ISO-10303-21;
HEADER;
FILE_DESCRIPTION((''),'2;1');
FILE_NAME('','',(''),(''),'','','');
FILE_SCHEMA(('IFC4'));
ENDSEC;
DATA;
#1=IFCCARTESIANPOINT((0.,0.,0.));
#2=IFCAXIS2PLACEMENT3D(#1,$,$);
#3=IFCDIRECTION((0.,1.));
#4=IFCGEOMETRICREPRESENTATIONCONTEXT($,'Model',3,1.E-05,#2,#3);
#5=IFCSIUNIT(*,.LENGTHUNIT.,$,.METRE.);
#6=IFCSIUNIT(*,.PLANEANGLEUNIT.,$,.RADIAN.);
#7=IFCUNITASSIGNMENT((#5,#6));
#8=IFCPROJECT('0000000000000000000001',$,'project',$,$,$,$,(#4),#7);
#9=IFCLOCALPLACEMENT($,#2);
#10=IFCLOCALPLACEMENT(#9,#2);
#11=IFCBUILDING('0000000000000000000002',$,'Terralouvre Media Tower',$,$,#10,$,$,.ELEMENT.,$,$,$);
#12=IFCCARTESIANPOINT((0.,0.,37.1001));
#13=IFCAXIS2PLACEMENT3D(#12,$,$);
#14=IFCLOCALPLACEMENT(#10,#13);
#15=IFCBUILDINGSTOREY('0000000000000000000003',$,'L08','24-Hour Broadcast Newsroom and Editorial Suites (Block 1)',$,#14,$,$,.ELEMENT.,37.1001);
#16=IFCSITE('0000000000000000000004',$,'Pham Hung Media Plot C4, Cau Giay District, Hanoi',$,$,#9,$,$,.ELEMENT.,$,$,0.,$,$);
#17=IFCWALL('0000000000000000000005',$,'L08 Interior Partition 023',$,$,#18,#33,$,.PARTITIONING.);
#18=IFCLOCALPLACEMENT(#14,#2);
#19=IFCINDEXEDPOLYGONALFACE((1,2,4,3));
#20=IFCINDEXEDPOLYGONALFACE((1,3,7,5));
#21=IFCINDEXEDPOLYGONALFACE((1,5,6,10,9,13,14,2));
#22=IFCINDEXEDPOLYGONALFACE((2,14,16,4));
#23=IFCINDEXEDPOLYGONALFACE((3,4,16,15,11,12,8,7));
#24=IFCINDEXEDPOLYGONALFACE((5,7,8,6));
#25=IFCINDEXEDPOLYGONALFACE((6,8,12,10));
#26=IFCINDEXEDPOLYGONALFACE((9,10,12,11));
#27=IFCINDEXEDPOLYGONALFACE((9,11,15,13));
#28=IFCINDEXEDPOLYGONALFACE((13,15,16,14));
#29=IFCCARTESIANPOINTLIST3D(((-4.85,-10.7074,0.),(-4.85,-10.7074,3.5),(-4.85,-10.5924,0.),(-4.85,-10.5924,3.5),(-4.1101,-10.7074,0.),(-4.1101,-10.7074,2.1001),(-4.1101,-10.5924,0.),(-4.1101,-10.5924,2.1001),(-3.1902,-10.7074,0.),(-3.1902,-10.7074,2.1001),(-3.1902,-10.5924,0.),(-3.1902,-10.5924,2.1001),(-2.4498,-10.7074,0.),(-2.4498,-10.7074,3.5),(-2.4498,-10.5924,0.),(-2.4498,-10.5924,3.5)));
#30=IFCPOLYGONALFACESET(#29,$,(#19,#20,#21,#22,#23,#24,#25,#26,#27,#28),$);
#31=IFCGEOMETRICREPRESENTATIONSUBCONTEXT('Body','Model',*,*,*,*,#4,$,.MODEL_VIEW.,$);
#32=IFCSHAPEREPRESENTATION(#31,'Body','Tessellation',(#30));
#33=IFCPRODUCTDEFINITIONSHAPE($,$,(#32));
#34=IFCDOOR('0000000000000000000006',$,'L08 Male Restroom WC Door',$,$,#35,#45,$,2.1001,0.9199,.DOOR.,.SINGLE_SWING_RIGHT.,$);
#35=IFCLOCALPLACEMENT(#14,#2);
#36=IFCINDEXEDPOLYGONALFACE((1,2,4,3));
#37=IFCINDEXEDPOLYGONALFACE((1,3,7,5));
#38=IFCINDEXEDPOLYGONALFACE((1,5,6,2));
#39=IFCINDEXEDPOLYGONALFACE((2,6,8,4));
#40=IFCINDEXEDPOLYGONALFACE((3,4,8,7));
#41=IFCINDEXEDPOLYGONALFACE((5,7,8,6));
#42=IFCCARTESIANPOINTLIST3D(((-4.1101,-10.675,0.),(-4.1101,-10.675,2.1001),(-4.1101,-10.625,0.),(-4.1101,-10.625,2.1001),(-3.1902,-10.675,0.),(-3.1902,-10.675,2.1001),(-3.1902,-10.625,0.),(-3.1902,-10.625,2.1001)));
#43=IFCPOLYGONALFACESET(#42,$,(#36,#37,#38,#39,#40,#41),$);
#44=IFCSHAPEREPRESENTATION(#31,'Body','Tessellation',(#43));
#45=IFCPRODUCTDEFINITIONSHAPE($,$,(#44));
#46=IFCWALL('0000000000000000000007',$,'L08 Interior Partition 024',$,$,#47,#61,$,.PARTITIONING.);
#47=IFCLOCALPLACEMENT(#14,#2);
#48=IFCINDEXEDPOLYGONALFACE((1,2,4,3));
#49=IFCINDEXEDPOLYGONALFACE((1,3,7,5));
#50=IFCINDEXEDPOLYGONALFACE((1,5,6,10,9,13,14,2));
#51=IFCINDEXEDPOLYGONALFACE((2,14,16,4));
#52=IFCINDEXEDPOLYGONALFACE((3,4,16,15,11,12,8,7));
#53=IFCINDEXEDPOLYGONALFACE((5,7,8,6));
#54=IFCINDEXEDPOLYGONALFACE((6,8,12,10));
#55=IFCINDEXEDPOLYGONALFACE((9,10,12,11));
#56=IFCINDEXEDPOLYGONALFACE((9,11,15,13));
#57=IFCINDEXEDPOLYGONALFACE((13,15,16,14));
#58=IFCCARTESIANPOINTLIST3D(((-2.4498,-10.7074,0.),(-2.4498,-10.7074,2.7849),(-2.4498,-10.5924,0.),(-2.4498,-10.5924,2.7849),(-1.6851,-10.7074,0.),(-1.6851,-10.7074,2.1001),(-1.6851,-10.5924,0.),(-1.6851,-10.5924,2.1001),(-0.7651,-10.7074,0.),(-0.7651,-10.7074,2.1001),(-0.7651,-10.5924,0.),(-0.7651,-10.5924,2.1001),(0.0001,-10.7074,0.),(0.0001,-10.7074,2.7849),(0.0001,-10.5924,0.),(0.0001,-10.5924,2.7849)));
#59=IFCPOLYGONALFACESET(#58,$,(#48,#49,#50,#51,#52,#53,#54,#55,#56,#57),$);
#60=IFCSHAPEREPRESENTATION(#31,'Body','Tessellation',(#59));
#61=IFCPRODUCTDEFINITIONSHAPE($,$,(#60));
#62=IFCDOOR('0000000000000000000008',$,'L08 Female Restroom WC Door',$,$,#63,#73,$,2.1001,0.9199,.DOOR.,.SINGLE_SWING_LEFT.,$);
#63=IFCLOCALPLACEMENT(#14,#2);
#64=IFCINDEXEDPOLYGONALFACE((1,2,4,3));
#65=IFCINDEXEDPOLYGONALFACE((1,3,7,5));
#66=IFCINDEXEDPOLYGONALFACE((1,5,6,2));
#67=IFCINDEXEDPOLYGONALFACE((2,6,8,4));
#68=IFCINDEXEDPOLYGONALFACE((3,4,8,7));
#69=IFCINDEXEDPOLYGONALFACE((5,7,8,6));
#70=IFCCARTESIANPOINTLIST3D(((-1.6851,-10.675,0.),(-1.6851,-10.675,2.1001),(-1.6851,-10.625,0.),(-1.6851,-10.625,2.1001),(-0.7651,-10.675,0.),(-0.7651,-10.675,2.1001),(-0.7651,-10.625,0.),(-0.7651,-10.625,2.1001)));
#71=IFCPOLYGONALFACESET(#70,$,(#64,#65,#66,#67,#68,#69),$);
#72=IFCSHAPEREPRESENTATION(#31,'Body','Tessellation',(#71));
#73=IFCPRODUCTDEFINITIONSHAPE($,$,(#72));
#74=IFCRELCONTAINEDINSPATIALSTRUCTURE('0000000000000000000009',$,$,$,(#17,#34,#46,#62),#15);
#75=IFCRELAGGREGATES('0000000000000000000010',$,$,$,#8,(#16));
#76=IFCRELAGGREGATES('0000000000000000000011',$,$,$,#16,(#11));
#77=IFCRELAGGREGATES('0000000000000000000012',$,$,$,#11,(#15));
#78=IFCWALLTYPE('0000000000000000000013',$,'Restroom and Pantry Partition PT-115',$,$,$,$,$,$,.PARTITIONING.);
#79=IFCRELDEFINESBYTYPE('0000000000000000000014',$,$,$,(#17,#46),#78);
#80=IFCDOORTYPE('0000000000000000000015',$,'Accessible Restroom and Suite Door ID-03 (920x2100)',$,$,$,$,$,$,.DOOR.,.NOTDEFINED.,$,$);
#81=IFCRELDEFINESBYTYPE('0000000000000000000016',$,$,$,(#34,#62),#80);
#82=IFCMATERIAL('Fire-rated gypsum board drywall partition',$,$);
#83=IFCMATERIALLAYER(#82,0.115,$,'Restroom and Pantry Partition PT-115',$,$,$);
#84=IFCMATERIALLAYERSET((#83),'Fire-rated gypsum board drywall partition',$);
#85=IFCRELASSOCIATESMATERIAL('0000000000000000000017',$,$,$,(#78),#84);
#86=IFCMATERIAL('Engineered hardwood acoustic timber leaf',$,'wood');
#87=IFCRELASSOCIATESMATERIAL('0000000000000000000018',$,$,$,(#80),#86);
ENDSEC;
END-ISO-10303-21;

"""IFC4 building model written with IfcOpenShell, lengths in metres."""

from ifc_helpers import new_model, si_unit, direction, frame, frame_2d, origin, place, context, subcontext, project, spatial, rectangle, extrude, material, layer, layer_set, type_object, element, fill, save


model = new_model("IFC4")

# Units and contexts
model_context = context("Model", 3, precision=1e-05, world=origin(), true_north=direction((0.0, 1.0)))
body_context = subcontext(model_context, "Body", "Model", "MODEL_VIEW")
ifc_project = project(units=[si_unit("LENGTHUNIT", "METRE"), si_unit("PLANEANGLEUNIT", "RADIAN")], contexts=[model_context])

# Site, building, storey
site_placement = place(None, origin())
site = spatial("IfcSite", under=ifc_project, at=site_placement, Name="Pham Hung Media Plot C4, Cau Giay District, Hanoi", CompositionType="ELEMENT", RefElevation=0.0)
building_placement = place(site_placement, origin())
building = spatial("IfcBuilding", under=site, at=building_placement, Name="Terralouvre Media Tower", CompositionType="ELEMENT")
storey_placement = place(building_placement, frame((0.0, 0.0, 37.1001)))
storey = spatial("IfcBuildingStorey", under=building, at=storey_placement, Name="L08", Description="24-Hour Broadcast Newsroom and Editorial Suites (Block 1)", CompositionType="ELEMENT", Elevation=37.1001)

# Walls, openings, doors
ifc_material_1 = material(Name="Fire-rated gypsum board drywall partition")
ifc_layer_1 = layer(ifc_material_1, 0.115, Name="Restroom and Pantry Partition PT-115")
ifc_layer_set_1 = layer_set([ifc_layer_1], Name="Fire-rated gypsum board drywall partition")
wall_type_1 = type_object("IfcWallType", Name="Restroom and Pantry Partition PT-115", PredefinedType="PARTITIONING", material=ifc_layer_set_1)
wall_1_placement = place(storey_placement, frame((-4.8501, -10.6499, 0.0), z_axis=(0.0, 0.0, 1.0), x_axis=(1.0, 0.0, 0.0)))
wall_1 = element("IfcWall", 1, at=wall_1_placement, inside=storey, type_object=wall_type_1, Name="L08 Interior Partition 023", PredefinedType="PARTITIONING", context=body_context, shape_type="SweptSolid", body=[
    extrude(rectangle(XDim=2.4001, YDim=0.115, at=frame_2d((1.2002, 0.0))), origin(), (0.0, 0.0, 1.0), 3.5),
])
opening_1_placement = place(wall_1_placement, frame((0.74, 0.0, 0.0)))
opening_1 = element("IfcOpeningElement", 2, at=opening_1_placement, cuts=wall_1, PredefinedType="OPENING", context=body_context, shape_type="SweptSolid", body=[
    extrude(rectangle(XDim=0.9199, YDim=2.1001, at=frame_2d((0.46, 1.05))), frame((0.0, 0.0674, 0.0), z_axis=(0.0, -1.0, 0.0), x_axis=(1.0, 0.0, 0.0)), (0.0, 0.0, 1.0), 0.135),
])
ifc_material_2 = material(Name="Engineered hardwood acoustic timber leaf", Category="wood")
door_type_1 = type_object("IfcDoorType", Name="Accessible Restroom and Suite Door ID-03 (920x2100)", OperationType="NOTDEFINED", PredefinedType="DOOR", material=ifc_material_2)
door_1_placement = place(opening_1_placement, origin())
door_1 = element("IfcDoor", 3, at=door_1_placement, inside=storey, type_object=door_type_1, Name="L08 Male Restroom WC Door", OperationType="SINGLE_SWING_RIGHT", OverallHeight=2.1001, OverallWidth=0.9199, PredefinedType="DOOR", context=body_context, shape_type="SweptSolid", body=[
    extrude(rectangle(XDim=0.9199, YDim=2.1001, at=frame_2d((0.46, 1.05))), frame((0.0, 0.0249, 0.0), z_axis=(0.0, -1.0, 0.0), x_axis=(1.0, 0.0, 0.0)), (0.0, 0.0, 1.0), 0.05),
])
fill(opening_1, door_1)
wall_2_placement = place(storey_placement, frame((-2.45, -10.6499, 0.0), z_axis=(0.0, 0.0, 1.0), x_axis=(1.0, 0.0, 0.0)))
wall_2 = element("IfcWall", 4, at=wall_2_placement, inside=storey, type_object=wall_type_1, Name="L08 Interior Partition 024", PredefinedType="PARTITIONING", context=body_context, shape_type="SweptSolid", body=[
    extrude(rectangle(XDim=2.45, YDim=0.115, at=frame_2d((1.2251, 0.0))), origin(), (0.0, 0.0, 1.0), 2.7849),
])
opening_2_placement = place(wall_2_placement, frame((0.7649, 0.0, 0.0)))
opening_2 = element("IfcOpeningElement", 5, at=opening_2_placement, cuts=wall_2, PredefinedType="OPENING", context=body_context, shape_type="SweptSolid", body=[
    extrude(rectangle(XDim=0.9199, YDim=2.1001, at=frame_2d((0.46, 1.05))), frame((0.0, 0.0674, 0.0), z_axis=(0.0, -1.0, 0.0), x_axis=(1.0, 0.0, 0.0)), (0.0, 0.0, 1.0), 0.135),
])
door_2_placement = place(opening_2_placement, origin())
door_2 = element("IfcDoor", 6, at=door_2_placement, inside=storey, type_object=door_type_1, Name="L08 Female Restroom WC Door", OperationType="SINGLE_SWING_LEFT", OverallHeight=2.1001, OverallWidth=0.9199, PredefinedType="DOOR", context=body_context, shape_type="SweptSolid", body=[
    extrude(rectangle(XDim=0.9199, YDim=2.1001, at=frame_2d((0.46, 1.05))), frame((0.0, 0.0249, 0.0), z_axis=(0.0, -1.0, 0.0), x_axis=(1.0, 0.0, 0.0)), (0.0, 0.0, 1.0), 0.05),
])
fill(opening_2, door_2)

save(model, "model.ifc")
